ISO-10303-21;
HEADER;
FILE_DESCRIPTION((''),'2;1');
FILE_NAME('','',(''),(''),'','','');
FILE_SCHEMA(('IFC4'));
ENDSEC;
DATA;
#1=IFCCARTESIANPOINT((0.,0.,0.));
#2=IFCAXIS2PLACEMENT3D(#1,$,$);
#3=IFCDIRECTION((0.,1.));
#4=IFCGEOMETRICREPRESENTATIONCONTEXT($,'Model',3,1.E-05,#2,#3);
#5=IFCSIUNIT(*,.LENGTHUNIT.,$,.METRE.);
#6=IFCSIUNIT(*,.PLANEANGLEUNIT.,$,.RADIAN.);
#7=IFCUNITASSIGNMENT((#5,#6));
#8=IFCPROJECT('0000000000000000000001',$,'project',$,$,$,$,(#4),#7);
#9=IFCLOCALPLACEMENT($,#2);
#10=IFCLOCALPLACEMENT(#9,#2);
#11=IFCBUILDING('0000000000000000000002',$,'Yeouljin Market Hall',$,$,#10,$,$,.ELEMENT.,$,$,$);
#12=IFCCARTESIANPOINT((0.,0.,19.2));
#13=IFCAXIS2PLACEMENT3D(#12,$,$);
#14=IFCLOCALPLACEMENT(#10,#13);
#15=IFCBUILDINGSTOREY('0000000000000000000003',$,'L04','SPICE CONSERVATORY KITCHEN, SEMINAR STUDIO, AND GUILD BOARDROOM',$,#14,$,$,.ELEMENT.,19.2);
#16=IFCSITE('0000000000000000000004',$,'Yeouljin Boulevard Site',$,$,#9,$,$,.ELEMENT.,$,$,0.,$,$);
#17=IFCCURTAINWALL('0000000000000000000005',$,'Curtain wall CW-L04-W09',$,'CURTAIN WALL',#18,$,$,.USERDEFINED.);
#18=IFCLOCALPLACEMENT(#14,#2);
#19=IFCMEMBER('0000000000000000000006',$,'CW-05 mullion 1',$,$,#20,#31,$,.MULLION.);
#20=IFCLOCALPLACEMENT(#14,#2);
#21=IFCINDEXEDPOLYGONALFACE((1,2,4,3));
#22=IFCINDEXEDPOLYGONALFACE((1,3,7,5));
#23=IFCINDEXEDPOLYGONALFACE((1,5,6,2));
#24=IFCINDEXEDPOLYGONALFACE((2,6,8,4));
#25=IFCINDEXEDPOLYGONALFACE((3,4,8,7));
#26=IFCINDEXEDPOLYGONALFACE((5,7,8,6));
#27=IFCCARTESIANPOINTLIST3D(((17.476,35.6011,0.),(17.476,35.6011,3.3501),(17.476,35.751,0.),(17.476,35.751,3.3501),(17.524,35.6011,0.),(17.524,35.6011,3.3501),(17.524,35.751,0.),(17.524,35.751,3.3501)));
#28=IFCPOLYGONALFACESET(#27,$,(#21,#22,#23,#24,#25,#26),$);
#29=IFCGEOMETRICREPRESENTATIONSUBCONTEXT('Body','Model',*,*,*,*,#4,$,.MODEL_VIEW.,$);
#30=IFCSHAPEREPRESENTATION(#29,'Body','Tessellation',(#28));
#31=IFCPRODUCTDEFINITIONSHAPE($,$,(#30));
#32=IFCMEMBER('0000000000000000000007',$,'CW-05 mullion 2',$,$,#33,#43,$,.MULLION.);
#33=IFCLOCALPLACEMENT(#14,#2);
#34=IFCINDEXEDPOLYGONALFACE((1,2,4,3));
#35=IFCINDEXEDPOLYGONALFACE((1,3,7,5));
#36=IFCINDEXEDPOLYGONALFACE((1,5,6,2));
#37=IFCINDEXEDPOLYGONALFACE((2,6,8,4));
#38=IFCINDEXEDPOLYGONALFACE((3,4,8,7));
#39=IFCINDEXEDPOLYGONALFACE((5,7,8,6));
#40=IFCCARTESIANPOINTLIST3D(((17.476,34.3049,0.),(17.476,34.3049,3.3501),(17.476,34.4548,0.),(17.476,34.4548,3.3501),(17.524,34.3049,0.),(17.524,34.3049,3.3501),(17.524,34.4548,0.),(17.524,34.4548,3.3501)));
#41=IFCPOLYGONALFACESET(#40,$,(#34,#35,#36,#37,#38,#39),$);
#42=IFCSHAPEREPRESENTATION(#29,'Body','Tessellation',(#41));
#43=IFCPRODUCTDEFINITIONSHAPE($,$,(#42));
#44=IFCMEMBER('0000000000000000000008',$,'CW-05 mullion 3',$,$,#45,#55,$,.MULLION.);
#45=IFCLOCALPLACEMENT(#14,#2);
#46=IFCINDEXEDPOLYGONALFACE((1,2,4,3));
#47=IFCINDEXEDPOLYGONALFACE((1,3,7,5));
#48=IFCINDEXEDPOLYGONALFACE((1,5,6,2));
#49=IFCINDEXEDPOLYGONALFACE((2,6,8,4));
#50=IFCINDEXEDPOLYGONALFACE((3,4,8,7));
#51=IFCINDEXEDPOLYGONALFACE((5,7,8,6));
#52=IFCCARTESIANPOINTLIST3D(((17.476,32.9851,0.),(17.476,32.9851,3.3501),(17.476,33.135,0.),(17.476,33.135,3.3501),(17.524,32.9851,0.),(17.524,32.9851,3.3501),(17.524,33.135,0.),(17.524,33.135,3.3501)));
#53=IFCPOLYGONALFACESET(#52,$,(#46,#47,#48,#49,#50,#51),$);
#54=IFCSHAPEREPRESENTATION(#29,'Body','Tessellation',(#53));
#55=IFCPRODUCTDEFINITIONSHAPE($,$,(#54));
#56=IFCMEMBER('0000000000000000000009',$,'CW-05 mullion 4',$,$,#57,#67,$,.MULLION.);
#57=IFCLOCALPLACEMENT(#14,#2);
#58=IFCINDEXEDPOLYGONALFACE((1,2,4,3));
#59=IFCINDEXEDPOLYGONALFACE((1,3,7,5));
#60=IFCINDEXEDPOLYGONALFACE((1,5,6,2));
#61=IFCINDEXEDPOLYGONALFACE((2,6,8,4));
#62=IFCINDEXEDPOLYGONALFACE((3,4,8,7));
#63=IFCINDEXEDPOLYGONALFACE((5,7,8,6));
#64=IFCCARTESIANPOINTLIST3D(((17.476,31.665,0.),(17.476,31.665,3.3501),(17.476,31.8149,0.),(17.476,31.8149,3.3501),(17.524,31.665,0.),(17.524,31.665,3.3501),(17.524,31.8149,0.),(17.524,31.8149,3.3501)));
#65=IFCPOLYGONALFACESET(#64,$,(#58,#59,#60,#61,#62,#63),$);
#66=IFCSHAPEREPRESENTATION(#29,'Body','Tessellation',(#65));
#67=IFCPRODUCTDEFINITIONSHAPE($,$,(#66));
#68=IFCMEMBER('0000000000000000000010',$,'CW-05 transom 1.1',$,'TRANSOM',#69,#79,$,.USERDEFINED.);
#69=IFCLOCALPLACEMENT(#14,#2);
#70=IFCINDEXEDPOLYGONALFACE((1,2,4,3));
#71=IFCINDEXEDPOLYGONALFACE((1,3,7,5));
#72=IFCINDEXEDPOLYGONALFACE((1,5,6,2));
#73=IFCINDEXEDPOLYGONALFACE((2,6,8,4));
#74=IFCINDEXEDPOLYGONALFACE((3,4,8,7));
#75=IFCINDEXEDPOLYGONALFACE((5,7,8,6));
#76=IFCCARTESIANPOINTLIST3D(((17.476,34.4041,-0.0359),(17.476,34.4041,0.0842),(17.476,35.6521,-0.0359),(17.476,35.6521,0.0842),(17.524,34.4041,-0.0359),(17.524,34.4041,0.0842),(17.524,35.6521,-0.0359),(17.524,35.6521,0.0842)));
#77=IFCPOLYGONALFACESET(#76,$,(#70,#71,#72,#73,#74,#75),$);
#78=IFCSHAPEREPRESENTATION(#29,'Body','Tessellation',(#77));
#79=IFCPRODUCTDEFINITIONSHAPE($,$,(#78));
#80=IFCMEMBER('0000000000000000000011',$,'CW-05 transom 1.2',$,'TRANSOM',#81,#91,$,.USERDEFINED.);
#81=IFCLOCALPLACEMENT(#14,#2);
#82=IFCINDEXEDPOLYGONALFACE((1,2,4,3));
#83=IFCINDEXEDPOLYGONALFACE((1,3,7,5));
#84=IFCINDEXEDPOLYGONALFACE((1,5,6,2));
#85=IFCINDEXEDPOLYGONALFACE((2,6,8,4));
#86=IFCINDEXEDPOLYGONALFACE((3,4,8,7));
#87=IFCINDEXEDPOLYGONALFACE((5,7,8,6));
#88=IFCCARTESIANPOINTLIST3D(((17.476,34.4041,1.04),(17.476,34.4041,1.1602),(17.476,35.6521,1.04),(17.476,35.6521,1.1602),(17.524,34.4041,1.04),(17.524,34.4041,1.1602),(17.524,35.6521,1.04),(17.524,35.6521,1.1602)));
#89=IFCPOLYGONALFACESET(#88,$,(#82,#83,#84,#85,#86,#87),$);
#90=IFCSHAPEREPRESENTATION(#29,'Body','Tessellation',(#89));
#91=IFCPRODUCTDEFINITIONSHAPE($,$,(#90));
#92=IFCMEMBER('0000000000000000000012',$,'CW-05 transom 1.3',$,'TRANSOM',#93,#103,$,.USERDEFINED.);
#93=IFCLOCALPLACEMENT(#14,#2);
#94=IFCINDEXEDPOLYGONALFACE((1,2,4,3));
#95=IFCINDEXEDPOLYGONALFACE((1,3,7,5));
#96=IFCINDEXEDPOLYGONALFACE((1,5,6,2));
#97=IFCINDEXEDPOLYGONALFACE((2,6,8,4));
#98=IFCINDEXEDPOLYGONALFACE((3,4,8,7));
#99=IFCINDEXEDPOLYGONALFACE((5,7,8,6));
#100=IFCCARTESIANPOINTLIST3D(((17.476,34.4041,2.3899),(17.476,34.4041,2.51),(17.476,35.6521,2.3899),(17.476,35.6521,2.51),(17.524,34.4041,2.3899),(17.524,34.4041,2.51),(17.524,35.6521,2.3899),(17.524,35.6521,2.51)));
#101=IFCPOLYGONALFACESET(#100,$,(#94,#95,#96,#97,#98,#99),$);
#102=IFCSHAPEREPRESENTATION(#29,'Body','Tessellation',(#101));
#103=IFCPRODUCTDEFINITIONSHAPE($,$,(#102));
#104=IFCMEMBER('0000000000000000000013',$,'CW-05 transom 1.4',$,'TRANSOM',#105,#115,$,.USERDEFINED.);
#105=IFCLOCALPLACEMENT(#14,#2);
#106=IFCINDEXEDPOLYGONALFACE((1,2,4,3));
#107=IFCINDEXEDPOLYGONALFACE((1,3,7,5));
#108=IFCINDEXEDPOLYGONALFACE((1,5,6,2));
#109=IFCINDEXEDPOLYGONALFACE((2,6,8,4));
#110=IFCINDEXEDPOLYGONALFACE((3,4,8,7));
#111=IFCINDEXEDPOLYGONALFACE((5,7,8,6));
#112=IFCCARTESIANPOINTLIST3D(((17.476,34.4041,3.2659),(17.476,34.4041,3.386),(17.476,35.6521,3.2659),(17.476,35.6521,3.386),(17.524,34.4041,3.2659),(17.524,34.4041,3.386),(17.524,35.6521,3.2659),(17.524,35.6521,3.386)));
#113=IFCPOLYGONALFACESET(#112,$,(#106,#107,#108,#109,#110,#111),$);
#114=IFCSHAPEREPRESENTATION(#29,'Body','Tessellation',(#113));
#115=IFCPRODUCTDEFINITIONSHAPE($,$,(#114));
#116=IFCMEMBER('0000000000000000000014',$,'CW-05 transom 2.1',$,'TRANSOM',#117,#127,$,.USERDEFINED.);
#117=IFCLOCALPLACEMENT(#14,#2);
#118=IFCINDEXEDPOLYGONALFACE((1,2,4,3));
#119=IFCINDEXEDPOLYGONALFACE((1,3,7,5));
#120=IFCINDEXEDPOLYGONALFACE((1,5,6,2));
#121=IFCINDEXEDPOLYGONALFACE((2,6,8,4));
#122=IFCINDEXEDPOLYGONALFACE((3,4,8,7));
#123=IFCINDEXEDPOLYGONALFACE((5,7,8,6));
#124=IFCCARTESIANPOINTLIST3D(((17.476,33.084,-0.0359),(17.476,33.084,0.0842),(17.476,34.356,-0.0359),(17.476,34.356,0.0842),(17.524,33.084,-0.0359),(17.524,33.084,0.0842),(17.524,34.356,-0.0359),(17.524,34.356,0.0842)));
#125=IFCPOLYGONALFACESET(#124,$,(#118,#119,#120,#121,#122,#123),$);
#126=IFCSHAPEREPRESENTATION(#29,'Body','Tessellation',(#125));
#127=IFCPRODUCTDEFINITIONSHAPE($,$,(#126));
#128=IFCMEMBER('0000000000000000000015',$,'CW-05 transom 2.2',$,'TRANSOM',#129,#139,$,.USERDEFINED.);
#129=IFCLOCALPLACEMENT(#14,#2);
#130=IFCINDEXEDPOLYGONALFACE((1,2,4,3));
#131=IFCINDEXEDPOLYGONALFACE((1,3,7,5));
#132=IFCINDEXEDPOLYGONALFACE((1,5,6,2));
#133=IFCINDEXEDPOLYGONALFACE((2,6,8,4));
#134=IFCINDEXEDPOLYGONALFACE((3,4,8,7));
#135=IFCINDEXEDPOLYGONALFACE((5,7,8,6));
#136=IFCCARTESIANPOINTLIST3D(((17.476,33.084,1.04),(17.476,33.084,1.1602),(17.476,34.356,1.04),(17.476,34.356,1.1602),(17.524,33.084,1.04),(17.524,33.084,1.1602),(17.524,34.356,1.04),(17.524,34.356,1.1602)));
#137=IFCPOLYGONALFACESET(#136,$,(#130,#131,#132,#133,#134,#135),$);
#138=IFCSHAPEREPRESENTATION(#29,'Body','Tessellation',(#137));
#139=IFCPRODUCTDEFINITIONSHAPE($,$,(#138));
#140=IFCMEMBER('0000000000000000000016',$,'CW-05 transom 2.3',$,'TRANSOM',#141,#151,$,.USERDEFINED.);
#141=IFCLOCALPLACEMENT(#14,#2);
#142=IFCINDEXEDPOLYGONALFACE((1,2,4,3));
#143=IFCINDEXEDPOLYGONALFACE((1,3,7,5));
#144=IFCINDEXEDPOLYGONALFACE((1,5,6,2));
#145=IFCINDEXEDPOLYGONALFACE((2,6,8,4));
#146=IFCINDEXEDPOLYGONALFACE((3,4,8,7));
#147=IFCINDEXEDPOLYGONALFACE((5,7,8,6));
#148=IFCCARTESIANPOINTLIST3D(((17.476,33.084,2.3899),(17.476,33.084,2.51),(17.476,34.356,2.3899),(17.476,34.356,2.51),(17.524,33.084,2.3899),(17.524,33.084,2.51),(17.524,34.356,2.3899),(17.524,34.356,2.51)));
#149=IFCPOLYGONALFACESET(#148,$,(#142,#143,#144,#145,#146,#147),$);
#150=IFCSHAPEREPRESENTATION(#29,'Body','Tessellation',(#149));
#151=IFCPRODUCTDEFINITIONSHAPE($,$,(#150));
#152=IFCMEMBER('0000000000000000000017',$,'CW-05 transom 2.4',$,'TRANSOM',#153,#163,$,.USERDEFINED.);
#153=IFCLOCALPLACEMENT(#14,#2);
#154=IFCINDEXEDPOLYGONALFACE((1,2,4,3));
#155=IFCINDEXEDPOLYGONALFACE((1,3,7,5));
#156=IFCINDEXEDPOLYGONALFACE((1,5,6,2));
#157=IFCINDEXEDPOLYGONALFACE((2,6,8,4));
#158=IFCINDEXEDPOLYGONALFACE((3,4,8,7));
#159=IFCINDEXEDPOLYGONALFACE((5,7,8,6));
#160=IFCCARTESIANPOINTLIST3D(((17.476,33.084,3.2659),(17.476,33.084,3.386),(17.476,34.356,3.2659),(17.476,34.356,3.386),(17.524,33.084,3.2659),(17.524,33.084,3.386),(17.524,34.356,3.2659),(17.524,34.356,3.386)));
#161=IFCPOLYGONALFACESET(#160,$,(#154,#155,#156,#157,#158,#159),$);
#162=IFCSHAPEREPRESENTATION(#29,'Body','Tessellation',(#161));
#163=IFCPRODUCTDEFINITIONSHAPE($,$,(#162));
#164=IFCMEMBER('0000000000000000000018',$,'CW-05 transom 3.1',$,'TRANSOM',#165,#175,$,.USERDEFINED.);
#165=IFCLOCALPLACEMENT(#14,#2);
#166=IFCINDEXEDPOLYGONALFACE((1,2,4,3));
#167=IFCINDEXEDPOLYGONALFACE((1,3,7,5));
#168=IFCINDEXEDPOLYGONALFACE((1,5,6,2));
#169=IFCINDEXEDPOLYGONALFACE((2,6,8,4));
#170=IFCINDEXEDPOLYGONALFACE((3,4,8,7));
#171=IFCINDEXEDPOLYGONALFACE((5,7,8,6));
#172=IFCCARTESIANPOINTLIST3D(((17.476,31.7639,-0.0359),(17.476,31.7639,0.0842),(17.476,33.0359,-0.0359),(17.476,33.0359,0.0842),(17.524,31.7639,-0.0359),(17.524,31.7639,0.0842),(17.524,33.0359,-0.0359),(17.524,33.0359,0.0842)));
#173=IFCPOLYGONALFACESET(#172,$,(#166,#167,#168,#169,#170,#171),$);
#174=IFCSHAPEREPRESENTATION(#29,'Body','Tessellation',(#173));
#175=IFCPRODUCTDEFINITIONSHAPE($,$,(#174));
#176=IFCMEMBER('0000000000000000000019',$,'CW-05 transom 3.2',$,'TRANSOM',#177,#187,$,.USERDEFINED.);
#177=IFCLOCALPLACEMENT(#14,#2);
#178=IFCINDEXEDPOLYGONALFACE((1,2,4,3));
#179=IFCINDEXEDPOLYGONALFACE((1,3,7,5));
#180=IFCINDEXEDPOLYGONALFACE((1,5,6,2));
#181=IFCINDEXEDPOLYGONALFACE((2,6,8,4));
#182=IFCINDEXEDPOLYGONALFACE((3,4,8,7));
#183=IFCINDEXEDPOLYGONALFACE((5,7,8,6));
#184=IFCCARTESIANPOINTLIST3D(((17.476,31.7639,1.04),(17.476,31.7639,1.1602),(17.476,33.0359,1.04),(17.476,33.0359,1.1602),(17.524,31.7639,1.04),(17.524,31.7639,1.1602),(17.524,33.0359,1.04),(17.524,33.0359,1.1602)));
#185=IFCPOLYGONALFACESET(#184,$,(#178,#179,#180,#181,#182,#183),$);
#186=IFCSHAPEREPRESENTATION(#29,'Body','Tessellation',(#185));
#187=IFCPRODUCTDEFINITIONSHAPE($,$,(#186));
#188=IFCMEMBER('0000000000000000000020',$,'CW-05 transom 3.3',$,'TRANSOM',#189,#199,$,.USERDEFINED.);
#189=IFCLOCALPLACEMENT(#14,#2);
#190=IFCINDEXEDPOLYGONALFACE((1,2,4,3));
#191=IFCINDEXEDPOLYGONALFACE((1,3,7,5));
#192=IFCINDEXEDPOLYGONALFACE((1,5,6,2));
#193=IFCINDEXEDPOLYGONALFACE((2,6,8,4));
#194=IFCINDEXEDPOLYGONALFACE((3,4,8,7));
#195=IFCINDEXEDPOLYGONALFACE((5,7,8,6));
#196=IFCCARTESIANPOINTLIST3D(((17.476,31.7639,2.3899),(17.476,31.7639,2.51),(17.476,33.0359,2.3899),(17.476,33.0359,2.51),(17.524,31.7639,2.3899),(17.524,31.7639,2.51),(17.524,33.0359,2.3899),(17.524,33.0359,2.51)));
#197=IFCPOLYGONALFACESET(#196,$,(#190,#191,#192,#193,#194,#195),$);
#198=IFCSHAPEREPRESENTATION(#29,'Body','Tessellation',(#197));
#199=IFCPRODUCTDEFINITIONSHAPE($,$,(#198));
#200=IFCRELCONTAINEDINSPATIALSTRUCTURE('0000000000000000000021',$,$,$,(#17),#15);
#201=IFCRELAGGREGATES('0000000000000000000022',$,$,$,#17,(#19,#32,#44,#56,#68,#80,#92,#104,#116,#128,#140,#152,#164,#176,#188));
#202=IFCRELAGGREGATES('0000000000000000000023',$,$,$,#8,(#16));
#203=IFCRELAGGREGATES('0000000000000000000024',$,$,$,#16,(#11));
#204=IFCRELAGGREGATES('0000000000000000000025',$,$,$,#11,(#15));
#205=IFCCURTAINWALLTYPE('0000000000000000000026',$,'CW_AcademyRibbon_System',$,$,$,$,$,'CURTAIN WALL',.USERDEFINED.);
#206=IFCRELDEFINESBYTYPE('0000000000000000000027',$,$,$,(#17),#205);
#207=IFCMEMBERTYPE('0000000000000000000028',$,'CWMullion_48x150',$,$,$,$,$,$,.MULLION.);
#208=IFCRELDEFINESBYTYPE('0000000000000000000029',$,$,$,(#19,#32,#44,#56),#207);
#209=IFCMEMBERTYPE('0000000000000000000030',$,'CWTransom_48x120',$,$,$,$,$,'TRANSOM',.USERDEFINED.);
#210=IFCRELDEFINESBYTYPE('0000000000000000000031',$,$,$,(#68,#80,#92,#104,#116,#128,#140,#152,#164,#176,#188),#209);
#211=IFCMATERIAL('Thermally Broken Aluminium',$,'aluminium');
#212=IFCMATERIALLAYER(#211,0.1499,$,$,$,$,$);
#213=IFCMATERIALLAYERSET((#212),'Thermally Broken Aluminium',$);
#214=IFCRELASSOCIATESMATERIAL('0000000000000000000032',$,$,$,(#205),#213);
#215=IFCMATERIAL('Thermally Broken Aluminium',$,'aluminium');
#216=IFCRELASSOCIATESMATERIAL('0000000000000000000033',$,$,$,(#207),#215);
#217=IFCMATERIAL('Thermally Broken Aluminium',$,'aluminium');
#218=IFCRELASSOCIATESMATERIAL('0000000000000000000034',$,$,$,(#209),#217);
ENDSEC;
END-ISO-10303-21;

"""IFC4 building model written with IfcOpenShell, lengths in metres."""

from ifc_helpers import new_model, si_unit, direction, frame, origin, origin_2d, place, context, subcontext, project, spatial, rectangle, extrude, material, layer, layer_set, material_profile, profile_set, type_object, element, aggregate, save


model = new_model("IFC4")

# Units and contexts
model_context = context("Model", 3, precision=1e-05, world=origin(), true_north=direction((0.0, 1.0)))
body_context = subcontext(model_context, "Body", "Model", "MODEL_VIEW")
ifc_project = project(units=[si_unit("LENGTHUNIT", "METRE"), si_unit("PLANEANGLEUNIT", "RADIAN")], contexts=[model_context])

# Site, building, storey
site_placement = place(None, origin())
site = spatial("IfcSite", under=ifc_project, at=site_placement, Name="Yeouljin Boulevard Site", CompositionType="ELEMENT", RefElevation=0.0)
building_placement = place(site_placement, origin())
building = spatial("IfcBuilding", under=site, at=building_placement, Name="Yeouljin Market Hall", CompositionType="ELEMENT")
storey_placement = place(building_placement, frame((0.0, 0.0, 19.2)))
storey = spatial("IfcBuildingStorey", under=building, at=storey_placement, Name="L04", Description="SPICE CONSERVATORY KITCHEN, SEMINAR STUDIO, AND GUILD BOARDROOM", CompositionType="ELEMENT", Elevation=19.2)

# Curtain wall, members
ifc_material_1 = material(Name="Thermally Broken Aluminium", Category="aluminium")
ifc_layer_1 = layer(ifc_material_1, 0.1499)
ifc_layer_set_1 = layer_set([ifc_layer_1], Name="Thermally Broken Aluminium")
curtain_wall_type = type_object("IfcCurtainWallType", Name="CW_AcademyRibbon_System", ElementType="CURTAIN WALL", PredefinedType="USERDEFINED", material=ifc_layer_set_1)
curtain_wall_placement = place(storey_placement, origin())
curtain_wall = element("IfcCurtainWall", 1, at=curtain_wall_placement, inside=storey, type_object=curtain_wall_type, Name="Curtain wall CW-L04-W09", ObjectType="CURTAIN WALL", PredefinedType="USERDEFINED")
ifc_material_2 = material(Name="Thermally Broken Aluminium", Category="aluminium")
ifc_material_profile_1 = material_profile(ifc_material_2, rectangle(XDim=0.0481, YDim=0.1499, at=origin_2d()), Name="CW-MULL-48x150")
ifc_profile_set_1 = profile_set([ifc_material_profile_1], Name="Thermally Broken Aluminium")
member_type_1 = type_object("IfcMemberType", Name="CWMullion_48x150", PredefinedType="MULLION", material=ifc_profile_set_1)
member_1_placement = place(storey_placement, frame((17.5, 35.676, 0.0), z_axis=(0.0, 0.0, 1.0), x_axis=(1.0, 0.0, 0.0)))
member_1 = element("IfcMember", 2, at=member_1_placement, type_object=member_type_1, Name="CW-05 mullion 1", PredefinedType="MULLION", context=body_context, shape_type="SweptSolid", body=[
    extrude(rectangle(XDim=0.0481, YDim=0.1499, at=origin_2d()), origin(), (0.0, 0.0, 1.0), 3.3501),
])
member_2_placement = place(storey_placement, frame((17.5, 34.3799, 0.0), z_axis=(0.0, 0.0, 1.0), x_axis=(1.0, 0.0, 0.0)))
member_2 = element("IfcMember", 3, at=member_2_placement, type_object=member_type_1, Name="CW-05 mullion 2", PredefinedType="MULLION", context=body_context, shape_type="SweptSolid", body=[
    extrude(rectangle(XDim=0.0481, YDim=0.1499, at=origin_2d()), origin(), (0.0, 0.0, 1.0), 3.3501),
])
member_3_placement = place(storey_placement, frame((17.5, 33.0601, 0.0), z_axis=(0.0, 0.0, 1.0), x_axis=(1.0, 0.0, 0.0)))
member_3 = element("IfcMember", 4, at=member_3_placement, type_object=member_type_1, Name="CW-05 mullion 3", PredefinedType="MULLION", context=body_context, shape_type="SweptSolid", body=[
    extrude(rectangle(XDim=0.0481, YDim=0.1499, at=origin_2d()), origin(), (0.0, 0.0, 1.0), 3.3501),
])
member_4_placement = place(storey_placement, frame((17.5, 31.74, 0.0), z_axis=(0.0, 0.0, 1.0), x_axis=(1.0, 0.0, 0.0)))
member_4 = element("IfcMember", 5, at=member_4_placement, type_object=member_type_1, Name="CW-05 mullion 4", PredefinedType="MULLION", context=body_context, shape_type="SweptSolid", body=[
    extrude(rectangle(XDim=0.0481, YDim=0.1499, at=origin_2d()), origin(), (0.0, 0.0, 1.0), 3.3501),
])
ifc_material_3 = material(Name="Thermally Broken Aluminium", Category="aluminium")
ifc_material_profile_2 = material_profile(ifc_material_3, rectangle(XDim=0.0481, YDim=0.1201, at=origin_2d()), Name="CW-TRAN-48x120")
ifc_profile_set_2 = profile_set([ifc_material_profile_2], Name="Thermally Broken Aluminium")
member_type_2 = type_object("IfcMemberType", Name="CWTransom_48x120", ElementType="TRANSOM", PredefinedType="USERDEFINED", material=ifc_profile_set_2)
member_5_placement = place(storey_placement, frame((17.5, 35.6521, 0.0242), z_axis=(0.0, -1.0, 0.0), x_axis=(1.0, 0.0, 0.0)))
member_5 = element("IfcMember", 6, at=member_5_placement, type_object=member_type_2, Name="CW-05 transom 1.1", ObjectType="TRANSOM", PredefinedType="USERDEFINED", context=body_context, shape_type="SweptSolid", body=[
    extrude(rectangle(XDim=0.0481, YDim=0.1201, at=origin_2d()), origin(), (0.0, 0.0, 1.0), 1.248),
])
member_6_placement = place(storey_placement, frame((17.5, 35.6521, 1.1001), z_axis=(0.0, -1.0, 0.0), x_axis=(1.0, 0.0, 0.0)))
member_6 = element("IfcMember", 7, at=member_6_placement, type_object=member_type_2, Name="CW-05 transom 1.2", ObjectType="TRANSOM", PredefinedType="USERDEFINED", context=body_context, shape_type="SweptSolid", body=[
    extrude(rectangle(XDim=0.0481, YDim=0.1201, at=origin_2d()), origin(), (0.0, 0.0, 1.0), 1.248),
])
member_7_placement = place(storey_placement, frame((17.5, 35.6521, 2.45), z_axis=(0.0, -1.0, 0.0), x_axis=(1.0, 0.0, 0.0)))
member_7 = element("IfcMember", 8, at=member_7_placement, type_object=member_type_2, Name="CW-05 transom 1.3", ObjectType="TRANSOM", PredefinedType="USERDEFINED", context=body_context, shape_type="SweptSolid", body=[
    extrude(rectangle(XDim=0.0481, YDim=0.1201, at=origin_2d()), origin(), (0.0, 0.0, 1.0), 1.248),
])
member_8_placement = place(storey_placement, frame((17.5, 35.6521, 3.3259), z_axis=(0.0, -1.0, 0.0), x_axis=(1.0, 0.0, 0.0)))
member_8 = element("IfcMember", 9, at=member_8_placement, type_object=member_type_2, Name="CW-05 transom 1.4", ObjectType="TRANSOM", PredefinedType="USERDEFINED", context=body_context, shape_type="SweptSolid", body=[
    extrude(rectangle(XDim=0.0481, YDim=0.1201, at=origin_2d()), origin(), (0.0, 0.0, 1.0), 1.248),
])
member_9_placement = place(storey_placement, frame((17.5, 34.356, 0.0242), z_axis=(0.0, -1.0, 0.0), x_axis=(1.0, 0.0, 0.0)))
member_9 = element("IfcMember", 10, at=member_9_placement, type_object=member_type_2, Name="CW-05 transom 2.1", ObjectType="TRANSOM", PredefinedType="USERDEFINED", context=body_context, shape_type="SweptSolid", body=[
    extrude(rectangle(XDim=0.0481, YDim=0.1201, at=origin_2d()), origin(), (0.0, 0.0, 1.0), 1.272),
])
member_10_placement = place(storey_placement, frame((17.5, 34.356, 1.1001), z_axis=(0.0, -1.0, 0.0), x_axis=(1.0, 0.0, 0.0)))
member_10 = element("IfcMember", 11, at=member_10_placement, type_object=member_type_2, Name="CW-05 transom 2.2", ObjectType="TRANSOM", PredefinedType="USERDEFINED", context=body_context, shape_type="SweptSolid", body=[
    extrude(rectangle(XDim=0.0481, YDim=0.1201, at=origin_2d()), origin(), (0.0, 0.0, 1.0), 1.272),
])
member_11_placement = place(storey_placement, frame((17.5, 34.356, 2.45), z_axis=(0.0, -1.0, 0.0), x_axis=(1.0, 0.0, 0.0)))
member_11 = element("IfcMember", 12, at=member_11_placement, type_object=member_type_2, Name="CW-05 transom 2.3", ObjectType="TRANSOM", PredefinedType="USERDEFINED", context=body_context, shape_type="SweptSolid", body=[
    extrude(rectangle(XDim=0.0481, YDim=0.1201, at=origin_2d()), origin(), (0.0, 0.0, 1.0), 1.272),
])
member_12_placement = place(storey_placement, frame((17.5, 34.356, 3.3259), z_axis=(0.0, -1.0, 0.0), x_axis=(1.0, 0.0, 0.0)))
member_12 = element("IfcMember", 13, at=member_12_placement, type_object=member_type_2, Name="CW-05 transom 2.4", ObjectType="TRANSOM", PredefinedType="USERDEFINED", context=body_context, shape_type="SweptSolid", body=[
    extrude(rectangle(XDim=0.0481, YDim=0.1201, at=origin_2d()), origin(), (0.0, 0.0, 1.0), 1.272),
])
member_13_placement = place(storey_placement, frame((17.5, 33.0359, 0.0242), z_axis=(0.0, -1.0, 0.0), x_axis=(1.0, 0.0, 0.0)))
member_13 = element("IfcMember", 14, at=member_13_placement, type_object=member_type_2, Name="CW-05 transom 3.1", ObjectType="TRANSOM", PredefinedType="USERDEFINED", context=body_context, shape_type="SweptSolid", body=[
    extrude(rectangle(XDim=0.0481, YDim=0.1201, at=origin_2d()), origin(), (0.0, 0.0, 1.0), 1.272),
])
member_14_placement = place(storey_placement, frame((17.5, 33.0359, 1.1001), z_axis=(0.0, -1.0, 0.0), x_axis=(1.0, 0.0, 0.0)))
member_14 = element("IfcMember", 15, at=member_14_placement, type_object=member_type_2, Name="CW-05 transom 3.2", ObjectType="TRANSOM", PredefinedType="USERDEFINED", context=body_context, shape_type="SweptSolid", body=[
    extrude(rectangle(XDim=0.0481, YDim=0.1201, at=origin_2d()), origin(), (0.0, 0.0, 1.0), 1.272),
])
member_15_placement = place(storey_placement, frame((17.5, 33.0359, 2.45), z_axis=(0.0, -1.0, 0.0), x_axis=(1.0, 0.0, 0.0)))
member_15 = element("IfcMember", 16, at=member_15_placement, type_object=member_type_2, Name="CW-05 transom 3.3", ObjectType="TRANSOM", PredefinedType="USERDEFINED", context=body_context, shape_type="SweptSolid", body=[
    extrude(rectangle(XDim=0.0481, YDim=0.1201, at=origin_2d()), origin(), (0.0, 0.0, 1.0), 1.272),
])
aggregate(curtain_wall, [member_1, member_2, member_3, member_4, member_5, member_6, member_7, member_8, member_9, member_10, member_11, member_12, member_13, member_14, member_15])

save(model, "model.ifc")
